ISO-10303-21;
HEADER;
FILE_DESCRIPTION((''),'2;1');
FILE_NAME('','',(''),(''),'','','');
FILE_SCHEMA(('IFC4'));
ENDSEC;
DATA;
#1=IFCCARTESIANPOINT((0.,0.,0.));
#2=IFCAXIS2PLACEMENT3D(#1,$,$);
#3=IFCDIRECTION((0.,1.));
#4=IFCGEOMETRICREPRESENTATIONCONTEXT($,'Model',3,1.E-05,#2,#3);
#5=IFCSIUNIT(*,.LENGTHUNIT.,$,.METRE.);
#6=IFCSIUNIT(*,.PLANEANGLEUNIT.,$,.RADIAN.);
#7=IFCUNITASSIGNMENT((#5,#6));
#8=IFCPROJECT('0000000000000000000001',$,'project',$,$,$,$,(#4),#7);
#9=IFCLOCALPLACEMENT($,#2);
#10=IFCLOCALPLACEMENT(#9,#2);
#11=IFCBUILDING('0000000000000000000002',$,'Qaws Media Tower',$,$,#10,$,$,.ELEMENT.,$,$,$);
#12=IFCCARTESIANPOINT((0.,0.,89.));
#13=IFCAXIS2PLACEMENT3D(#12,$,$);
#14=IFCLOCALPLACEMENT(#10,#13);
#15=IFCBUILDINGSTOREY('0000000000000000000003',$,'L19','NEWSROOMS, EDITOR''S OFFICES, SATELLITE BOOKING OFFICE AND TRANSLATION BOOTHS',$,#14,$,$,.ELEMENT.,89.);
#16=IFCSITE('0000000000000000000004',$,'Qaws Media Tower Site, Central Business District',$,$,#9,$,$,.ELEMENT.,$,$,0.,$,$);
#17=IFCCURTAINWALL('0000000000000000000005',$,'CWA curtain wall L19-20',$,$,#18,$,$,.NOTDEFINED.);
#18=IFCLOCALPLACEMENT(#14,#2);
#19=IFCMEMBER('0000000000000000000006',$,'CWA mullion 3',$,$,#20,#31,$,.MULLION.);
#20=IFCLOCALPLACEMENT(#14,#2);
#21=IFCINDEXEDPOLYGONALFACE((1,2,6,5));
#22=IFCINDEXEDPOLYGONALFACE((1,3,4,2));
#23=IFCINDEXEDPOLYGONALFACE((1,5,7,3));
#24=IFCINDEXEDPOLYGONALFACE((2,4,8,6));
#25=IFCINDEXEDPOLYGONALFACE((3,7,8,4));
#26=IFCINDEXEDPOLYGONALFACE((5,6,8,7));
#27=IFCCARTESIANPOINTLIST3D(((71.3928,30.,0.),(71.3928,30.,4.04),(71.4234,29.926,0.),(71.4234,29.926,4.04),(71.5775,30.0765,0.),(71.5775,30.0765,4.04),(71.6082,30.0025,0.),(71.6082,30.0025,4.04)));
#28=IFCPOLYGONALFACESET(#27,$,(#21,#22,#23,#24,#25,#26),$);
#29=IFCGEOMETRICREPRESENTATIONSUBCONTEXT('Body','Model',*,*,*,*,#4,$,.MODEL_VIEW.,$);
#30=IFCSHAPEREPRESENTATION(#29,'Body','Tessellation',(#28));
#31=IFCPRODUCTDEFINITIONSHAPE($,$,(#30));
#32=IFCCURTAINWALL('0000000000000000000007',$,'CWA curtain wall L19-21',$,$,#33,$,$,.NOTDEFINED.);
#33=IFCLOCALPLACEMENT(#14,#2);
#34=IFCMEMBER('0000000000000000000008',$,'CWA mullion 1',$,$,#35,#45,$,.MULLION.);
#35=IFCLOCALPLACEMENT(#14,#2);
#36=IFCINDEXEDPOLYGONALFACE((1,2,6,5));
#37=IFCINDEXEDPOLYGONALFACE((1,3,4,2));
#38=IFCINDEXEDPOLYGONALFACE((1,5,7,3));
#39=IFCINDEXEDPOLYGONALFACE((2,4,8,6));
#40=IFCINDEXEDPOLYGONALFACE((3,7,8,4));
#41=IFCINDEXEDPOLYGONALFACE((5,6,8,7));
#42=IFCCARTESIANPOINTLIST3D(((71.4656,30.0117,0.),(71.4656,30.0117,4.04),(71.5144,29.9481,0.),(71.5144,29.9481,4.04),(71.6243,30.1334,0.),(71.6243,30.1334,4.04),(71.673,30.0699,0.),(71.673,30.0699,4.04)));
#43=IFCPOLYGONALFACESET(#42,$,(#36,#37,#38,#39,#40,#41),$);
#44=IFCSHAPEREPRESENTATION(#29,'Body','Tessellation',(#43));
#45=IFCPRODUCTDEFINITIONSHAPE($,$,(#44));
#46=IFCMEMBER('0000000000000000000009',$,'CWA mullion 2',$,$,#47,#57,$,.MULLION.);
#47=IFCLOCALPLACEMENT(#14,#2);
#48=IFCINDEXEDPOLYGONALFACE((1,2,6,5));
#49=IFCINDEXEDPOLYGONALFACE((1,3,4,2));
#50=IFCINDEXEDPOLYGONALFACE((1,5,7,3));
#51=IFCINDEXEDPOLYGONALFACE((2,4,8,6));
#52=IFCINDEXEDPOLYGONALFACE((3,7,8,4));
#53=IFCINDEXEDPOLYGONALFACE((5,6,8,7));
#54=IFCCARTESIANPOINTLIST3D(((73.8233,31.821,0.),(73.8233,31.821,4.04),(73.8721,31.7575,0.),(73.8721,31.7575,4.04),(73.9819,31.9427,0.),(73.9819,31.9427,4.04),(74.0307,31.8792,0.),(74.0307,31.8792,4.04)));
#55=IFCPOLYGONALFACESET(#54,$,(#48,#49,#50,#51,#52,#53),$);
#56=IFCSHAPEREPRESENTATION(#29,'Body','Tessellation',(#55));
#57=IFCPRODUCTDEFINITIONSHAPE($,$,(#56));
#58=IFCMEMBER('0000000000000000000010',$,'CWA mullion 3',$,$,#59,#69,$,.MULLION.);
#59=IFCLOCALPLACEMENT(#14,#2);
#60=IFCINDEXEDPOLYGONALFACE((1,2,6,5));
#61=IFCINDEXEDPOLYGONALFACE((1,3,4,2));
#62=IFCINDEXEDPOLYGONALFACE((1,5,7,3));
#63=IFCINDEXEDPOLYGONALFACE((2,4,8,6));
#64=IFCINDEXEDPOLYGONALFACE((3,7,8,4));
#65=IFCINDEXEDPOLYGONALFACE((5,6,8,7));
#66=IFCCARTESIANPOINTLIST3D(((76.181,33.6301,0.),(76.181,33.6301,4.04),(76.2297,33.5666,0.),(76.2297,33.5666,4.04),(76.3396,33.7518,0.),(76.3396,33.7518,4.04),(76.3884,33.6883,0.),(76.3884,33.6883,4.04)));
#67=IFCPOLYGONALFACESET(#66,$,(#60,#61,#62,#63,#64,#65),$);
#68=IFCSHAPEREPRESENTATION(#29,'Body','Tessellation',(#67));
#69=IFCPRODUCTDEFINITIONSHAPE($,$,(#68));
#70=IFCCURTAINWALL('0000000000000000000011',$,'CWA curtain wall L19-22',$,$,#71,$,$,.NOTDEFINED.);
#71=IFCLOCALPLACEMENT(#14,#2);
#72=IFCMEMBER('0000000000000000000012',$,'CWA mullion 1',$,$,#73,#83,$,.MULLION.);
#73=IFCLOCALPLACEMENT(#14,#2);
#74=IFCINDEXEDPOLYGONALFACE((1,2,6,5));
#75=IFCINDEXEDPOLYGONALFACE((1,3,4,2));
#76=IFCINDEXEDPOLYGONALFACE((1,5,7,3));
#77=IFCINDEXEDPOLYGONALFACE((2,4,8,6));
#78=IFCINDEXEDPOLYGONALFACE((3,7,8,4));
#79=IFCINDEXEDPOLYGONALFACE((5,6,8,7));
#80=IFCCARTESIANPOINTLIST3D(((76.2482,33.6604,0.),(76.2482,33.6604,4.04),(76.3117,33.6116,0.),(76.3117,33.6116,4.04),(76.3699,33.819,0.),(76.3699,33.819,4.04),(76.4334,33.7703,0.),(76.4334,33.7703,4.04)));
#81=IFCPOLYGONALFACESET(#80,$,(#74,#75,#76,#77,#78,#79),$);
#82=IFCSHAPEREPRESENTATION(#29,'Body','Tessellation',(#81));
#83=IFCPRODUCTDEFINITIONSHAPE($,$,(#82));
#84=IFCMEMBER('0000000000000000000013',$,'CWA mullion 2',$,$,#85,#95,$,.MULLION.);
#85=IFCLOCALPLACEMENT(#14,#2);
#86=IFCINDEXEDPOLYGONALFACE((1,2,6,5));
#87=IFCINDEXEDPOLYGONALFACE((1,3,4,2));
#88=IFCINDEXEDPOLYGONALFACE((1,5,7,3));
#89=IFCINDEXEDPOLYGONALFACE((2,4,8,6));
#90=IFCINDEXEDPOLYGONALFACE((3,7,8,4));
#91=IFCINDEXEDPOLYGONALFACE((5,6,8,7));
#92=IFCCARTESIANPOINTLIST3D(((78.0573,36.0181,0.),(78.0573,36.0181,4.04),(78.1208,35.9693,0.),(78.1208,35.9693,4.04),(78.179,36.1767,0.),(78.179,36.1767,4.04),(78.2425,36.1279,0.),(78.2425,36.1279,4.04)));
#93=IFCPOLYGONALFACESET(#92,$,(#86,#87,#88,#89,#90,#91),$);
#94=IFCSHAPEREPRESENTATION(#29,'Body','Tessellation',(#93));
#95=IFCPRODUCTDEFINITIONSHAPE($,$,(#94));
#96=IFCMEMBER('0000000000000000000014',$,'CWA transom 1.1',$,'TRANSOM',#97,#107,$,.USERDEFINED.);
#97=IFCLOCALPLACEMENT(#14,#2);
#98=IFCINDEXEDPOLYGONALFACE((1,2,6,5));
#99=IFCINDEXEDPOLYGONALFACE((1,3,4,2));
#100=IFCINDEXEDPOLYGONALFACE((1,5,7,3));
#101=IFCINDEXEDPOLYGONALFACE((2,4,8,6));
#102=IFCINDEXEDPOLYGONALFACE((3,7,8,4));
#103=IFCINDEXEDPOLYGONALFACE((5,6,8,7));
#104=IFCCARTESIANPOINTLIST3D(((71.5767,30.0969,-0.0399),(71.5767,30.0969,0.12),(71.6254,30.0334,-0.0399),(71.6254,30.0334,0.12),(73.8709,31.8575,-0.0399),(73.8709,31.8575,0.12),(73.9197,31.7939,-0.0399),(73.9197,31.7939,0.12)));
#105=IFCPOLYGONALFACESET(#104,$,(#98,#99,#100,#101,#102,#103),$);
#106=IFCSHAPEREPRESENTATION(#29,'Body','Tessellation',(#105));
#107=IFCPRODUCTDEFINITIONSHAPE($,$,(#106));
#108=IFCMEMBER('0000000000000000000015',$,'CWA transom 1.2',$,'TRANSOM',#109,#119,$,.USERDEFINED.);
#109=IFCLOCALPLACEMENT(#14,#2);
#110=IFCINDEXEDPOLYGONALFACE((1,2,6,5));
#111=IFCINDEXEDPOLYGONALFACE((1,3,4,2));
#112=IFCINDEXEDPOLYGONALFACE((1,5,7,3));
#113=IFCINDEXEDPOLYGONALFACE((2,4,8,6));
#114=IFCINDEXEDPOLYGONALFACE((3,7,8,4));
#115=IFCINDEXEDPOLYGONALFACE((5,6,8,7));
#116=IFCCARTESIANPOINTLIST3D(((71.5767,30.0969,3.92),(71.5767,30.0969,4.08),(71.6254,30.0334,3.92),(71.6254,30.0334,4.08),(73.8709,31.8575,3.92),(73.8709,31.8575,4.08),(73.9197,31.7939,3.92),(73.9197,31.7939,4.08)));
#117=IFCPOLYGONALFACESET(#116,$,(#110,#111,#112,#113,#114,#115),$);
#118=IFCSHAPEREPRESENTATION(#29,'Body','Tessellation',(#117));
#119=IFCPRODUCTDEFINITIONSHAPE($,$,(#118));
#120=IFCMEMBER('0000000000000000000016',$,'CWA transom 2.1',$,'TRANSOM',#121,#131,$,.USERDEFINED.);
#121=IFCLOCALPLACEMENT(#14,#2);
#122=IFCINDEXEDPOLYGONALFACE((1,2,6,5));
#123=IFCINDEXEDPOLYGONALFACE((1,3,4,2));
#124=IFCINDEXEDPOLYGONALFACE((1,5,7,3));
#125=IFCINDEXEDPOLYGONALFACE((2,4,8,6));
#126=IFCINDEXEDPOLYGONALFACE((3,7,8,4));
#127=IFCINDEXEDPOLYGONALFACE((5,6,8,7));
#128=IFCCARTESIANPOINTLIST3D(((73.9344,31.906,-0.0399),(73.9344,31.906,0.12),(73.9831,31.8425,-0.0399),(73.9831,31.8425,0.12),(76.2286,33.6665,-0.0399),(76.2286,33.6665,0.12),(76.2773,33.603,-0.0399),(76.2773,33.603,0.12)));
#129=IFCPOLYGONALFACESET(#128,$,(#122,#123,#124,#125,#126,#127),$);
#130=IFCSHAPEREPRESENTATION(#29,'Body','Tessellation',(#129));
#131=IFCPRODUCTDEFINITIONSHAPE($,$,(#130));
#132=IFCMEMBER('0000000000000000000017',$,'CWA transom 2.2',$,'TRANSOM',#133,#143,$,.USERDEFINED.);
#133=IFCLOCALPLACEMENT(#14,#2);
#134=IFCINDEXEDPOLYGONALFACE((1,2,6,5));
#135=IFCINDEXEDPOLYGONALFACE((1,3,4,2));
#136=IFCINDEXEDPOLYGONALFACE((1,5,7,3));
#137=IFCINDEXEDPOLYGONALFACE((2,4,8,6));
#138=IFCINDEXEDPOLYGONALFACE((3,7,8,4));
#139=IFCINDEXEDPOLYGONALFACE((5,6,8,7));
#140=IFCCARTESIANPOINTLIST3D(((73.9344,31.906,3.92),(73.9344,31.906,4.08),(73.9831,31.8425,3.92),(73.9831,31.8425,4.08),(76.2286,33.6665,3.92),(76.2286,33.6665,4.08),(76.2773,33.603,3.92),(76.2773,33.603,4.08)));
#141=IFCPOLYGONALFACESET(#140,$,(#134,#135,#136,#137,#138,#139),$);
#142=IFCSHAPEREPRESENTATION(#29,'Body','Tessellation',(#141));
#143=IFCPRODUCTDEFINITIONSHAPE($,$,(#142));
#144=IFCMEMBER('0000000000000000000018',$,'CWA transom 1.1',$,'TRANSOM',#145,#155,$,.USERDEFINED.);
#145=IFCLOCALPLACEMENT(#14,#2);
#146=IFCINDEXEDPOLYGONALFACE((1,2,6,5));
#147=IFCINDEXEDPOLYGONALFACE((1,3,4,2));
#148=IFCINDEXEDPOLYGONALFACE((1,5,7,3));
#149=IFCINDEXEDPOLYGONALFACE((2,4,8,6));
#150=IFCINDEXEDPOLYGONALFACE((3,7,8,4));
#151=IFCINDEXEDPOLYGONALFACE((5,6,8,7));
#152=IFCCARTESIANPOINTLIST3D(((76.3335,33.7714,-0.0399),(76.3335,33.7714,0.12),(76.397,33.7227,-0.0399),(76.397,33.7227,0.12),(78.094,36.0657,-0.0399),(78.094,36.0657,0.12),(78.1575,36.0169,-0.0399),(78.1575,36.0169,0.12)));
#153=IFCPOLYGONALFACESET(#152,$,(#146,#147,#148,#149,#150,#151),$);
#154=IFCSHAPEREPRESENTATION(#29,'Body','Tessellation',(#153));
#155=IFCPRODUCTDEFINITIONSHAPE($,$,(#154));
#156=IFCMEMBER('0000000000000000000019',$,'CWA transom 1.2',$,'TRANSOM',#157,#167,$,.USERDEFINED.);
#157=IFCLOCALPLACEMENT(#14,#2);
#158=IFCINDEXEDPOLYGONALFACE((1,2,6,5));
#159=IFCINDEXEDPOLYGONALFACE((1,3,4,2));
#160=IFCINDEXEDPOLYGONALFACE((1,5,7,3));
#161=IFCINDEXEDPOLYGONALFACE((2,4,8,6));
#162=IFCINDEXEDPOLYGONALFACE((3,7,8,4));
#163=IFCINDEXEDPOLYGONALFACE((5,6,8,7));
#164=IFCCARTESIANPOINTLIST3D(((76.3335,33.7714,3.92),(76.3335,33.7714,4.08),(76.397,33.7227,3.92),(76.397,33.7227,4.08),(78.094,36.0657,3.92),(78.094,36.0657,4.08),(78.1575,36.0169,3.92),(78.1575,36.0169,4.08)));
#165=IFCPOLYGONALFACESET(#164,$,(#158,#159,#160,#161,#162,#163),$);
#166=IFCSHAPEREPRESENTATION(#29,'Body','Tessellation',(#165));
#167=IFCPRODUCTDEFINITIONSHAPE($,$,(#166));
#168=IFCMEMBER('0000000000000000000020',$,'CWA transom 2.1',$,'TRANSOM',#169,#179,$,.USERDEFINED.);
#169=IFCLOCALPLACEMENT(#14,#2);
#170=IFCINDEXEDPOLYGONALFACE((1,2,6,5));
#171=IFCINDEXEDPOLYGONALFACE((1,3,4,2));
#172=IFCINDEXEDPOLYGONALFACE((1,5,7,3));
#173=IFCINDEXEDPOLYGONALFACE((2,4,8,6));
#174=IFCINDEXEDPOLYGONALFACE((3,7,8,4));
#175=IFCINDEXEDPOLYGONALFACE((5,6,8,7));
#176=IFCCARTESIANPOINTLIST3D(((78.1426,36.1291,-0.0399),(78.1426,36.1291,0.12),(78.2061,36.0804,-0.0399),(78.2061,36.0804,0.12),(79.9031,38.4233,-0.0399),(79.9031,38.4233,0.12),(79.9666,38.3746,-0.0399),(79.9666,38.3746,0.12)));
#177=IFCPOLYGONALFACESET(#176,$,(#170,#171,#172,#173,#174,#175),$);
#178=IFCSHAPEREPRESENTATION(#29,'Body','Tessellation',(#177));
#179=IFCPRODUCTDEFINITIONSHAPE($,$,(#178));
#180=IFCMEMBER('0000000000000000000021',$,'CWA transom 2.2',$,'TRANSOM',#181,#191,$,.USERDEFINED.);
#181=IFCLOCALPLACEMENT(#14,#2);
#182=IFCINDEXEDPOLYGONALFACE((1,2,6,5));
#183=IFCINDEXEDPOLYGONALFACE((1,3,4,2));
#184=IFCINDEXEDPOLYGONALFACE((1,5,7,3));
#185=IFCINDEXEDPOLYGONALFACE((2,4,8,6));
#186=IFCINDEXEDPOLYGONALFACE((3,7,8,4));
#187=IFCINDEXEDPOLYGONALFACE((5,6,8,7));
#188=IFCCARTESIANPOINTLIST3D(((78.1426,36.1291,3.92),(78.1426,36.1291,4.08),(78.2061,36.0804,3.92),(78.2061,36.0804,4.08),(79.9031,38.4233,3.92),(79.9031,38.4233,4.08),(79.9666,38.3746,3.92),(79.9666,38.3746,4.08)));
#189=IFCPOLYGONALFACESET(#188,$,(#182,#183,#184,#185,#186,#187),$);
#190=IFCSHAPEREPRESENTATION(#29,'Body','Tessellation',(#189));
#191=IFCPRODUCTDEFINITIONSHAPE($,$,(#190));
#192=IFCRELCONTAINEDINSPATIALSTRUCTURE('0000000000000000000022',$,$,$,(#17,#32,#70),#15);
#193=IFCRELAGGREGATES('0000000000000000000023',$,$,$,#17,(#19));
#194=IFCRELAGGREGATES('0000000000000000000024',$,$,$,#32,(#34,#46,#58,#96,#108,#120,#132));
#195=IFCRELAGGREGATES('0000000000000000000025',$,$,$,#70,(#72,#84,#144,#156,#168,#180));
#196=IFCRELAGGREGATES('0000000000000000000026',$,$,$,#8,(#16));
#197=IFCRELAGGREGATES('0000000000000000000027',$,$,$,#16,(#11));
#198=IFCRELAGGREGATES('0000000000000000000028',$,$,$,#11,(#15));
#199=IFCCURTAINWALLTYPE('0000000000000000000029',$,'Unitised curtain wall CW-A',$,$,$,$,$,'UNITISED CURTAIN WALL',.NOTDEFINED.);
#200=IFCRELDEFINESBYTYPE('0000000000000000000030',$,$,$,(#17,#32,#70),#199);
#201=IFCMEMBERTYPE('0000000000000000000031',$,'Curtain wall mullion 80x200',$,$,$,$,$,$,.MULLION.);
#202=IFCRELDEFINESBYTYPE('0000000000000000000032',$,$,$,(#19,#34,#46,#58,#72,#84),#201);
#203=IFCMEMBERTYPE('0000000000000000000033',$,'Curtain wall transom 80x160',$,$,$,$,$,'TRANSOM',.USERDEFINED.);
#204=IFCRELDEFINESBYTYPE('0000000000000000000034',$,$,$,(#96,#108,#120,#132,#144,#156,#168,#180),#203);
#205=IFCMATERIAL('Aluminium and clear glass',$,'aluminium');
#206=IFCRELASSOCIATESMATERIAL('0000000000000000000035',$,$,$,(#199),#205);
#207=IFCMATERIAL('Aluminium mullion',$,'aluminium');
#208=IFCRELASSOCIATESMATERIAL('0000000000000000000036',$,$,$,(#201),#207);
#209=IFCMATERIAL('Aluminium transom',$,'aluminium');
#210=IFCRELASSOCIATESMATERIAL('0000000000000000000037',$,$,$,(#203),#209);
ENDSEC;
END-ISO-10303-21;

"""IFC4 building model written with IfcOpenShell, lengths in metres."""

from ifc_helpers import new_model, si_unit, direction, frame, origin, origin_2d, place, context, subcontext, project, spatial, rectangle, extrude, material, material_profile, profile_set, type_object, element, aggregate, save


model = new_model("IFC4")

# Units and contexts
model_context = context("Model", 3, precision=1e-05, world=origin(), true_north=direction((0.0, 1.0)))
body_context = subcontext(model_context, "Body", "Model", "MODEL_VIEW")
ifc_project = project(units=[si_unit("LENGTHUNIT", "METRE"), si_unit("PLANEANGLEUNIT", "RADIAN")], contexts=[model_context])

# Site, building, storey
site_placement = place(None, origin())
site = spatial("IfcSite", under=ifc_project, at=site_placement, Name="Qaws Media Tower Site, Central Business District", CompositionType="ELEMENT", RefElevation=0.0)
building_placement = place(site_placement, origin())
building = spatial("IfcBuilding", under=site, at=building_placement, Name="Qaws Media Tower", CompositionType="ELEMENT")
storey_placement = place(building_placement, frame((0.0, 0.0, 89.0)))
storey = spatial("IfcBuildingStorey", under=building, at=storey_placement, Name="L19", Description="NEWSROOMS, EDITOR'S OFFICES, SATELLITE BOOKING OFFICE AND TRANSLATION BOOTHS", CompositionType="ELEMENT", Elevation=89.0)

# Curtain wall, member
ifc_material_1 = material(Name="Aluminium and clear glass", Category="aluminium")
curtain_wall_type = type_object("IfcCurtainWallType", Name="Unitised curtain wall CW-A", ElementType="UNITISED CURTAIN WALL", PredefinedType="NOTDEFINED", material=ifc_material_1)
curtain_wall_1_placement = place(storey_placement, origin())
curtain_wall_1 = element("IfcCurtainWall", 1, at=curtain_wall_1_placement, inside=storey, type_object=curtain_wall_type, Name="CWA curtain wall L19-20", PredefinedType="NOTDEFINED")
ifc_material_2 = material(Name="Aluminium mullion", Category="aluminium")
ifc_material_profile_1 = material_profile(ifc_material_2, rectangle(XDim=0.0801, YDim=0.2, at=origin_2d()), Name="80x200")
ifc_profile_set_1 = profile_set([ifc_material_profile_1], Name="Aluminium mullion")
member_type_1 = type_object("IfcMemberType", Name="Curtain wall mullion 80x200", PredefinedType="MULLION", material=ifc_profile_set_1)
member_1_placement = place(storey_placement, frame((71.5005, 30.0012, 0.0), z_axis=(0.0, 0.0, 1.0), x_axis=(-0.382683, 0.92388, 0.0)))
member_1 = element("IfcMember", 2, at=member_1_placement, type_object=member_type_1, Name="CWA mullion 3", PredefinedType="MULLION", context=body_context, shape_type="SweptSolid", body=[
    extrude(rectangle(XDim=0.0801, YDim=0.2, at=origin_2d()), origin(), (0.0, 0.0, 1.0), 4.04),
])

# Curtain walls, members
curtain_wall_2_placement = place(storey_placement, origin())
curtain_wall_2 = element("IfcCurtainWall", 3, at=curtain_wall_2_placement, inside=storey, type_object=curtain_wall_type, Name="CWA curtain wall L19-21", PredefinedType="NOTDEFINED")
member_2_placement = place(storey_placement, frame((71.5693, 30.0408, 0.0), z_axis=(0.0, 0.0, 1.0), x_axis=(-0.608761, 0.793353, 0.0)))
member_2 = element("IfcMember", 4, at=member_2_placement, type_object=member_type_1, Name="CWA mullion 1", PredefinedType="MULLION", context=body_context, shape_type="SweptSolid", body=[
    extrude(rectangle(XDim=0.0801, YDim=0.2, at=origin_2d()), origin(), (0.0, 0.0, 1.0), 4.04),
])
member_3_placement = place(storey_placement, frame((73.927, 31.8501, 0.0), z_axis=(0.0, 0.0, 1.0), x_axis=(-0.608761, 0.793353, 0.0)))
member_3 = element("IfcMember", 5, at=member_3_placement, type_object=member_type_1, Name="CWA mullion 2", PredefinedType="MULLION", context=body_context, shape_type="SweptSolid", body=[
    extrude(rectangle(XDim=0.0801, YDim=0.2, at=origin_2d()), origin(), (0.0, 0.0, 1.0), 4.04),
])
member_4_placement = place(storey_placement, frame((76.2847, 33.6592, 0.0), z_axis=(0.0, 0.0, 1.0), x_axis=(-0.608761, 0.793353, 0.0)))
member_4 = element("IfcMember", 6, at=member_4_placement, type_object=member_type_1, Name="CWA mullion 3", PredefinedType="MULLION", context=body_context, shape_type="SweptSolid", body=[
    extrude(rectangle(XDim=0.0801, YDim=0.2, at=origin_2d()), origin(), (0.0, 0.0, 1.0), 4.04),
])
curtain_wall_3_placement = place(storey_placement, origin())
curtain_wall_3 = element("IfcCurtainWall", 7, at=curtain_wall_3_placement, inside=storey, type_object=curtain_wall_type, Name="CWA curtain wall L19-22", PredefinedType="NOTDEFINED")
member_5_placement = place(storey_placement, frame((76.3408, 33.7153, 0.0), z_axis=(0.0, 0.0, 1.0), x_axis=(-0.793353, 0.608761, 0.0)))
member_5 = element("IfcMember", 8, at=member_5_placement, type_object=member_type_1, Name="CWA mullion 1", PredefinedType="MULLION", context=body_context, shape_type="SweptSolid", body=[
    extrude(rectangle(XDim=0.0801, YDim=0.2, at=origin_2d()), origin(), (0.0, 0.0, 1.0), 4.04),
])
member_6_placement = place(storey_placement, frame((78.1499, 36.073, 0.0), z_axis=(0.0, 0.0, 1.0), x_axis=(-0.793353, 0.608761, 0.0)))
member_6 = element("IfcMember", 9, at=member_6_placement, type_object=member_type_1, Name="CWA mullion 2", PredefinedType="MULLION", context=body_context, shape_type="SweptSolid", body=[
    extrude(rectangle(XDim=0.0801, YDim=0.2, at=origin_2d()), origin(), (0.0, 0.0, 1.0), 4.04),
])

# Members
ifc_material_3 = material(Name="Aluminium transom", Category="aluminium")
ifc_material_profile_2 = material_profile(ifc_material_3, rectangle(XDim=0.0801, YDim=0.1599, at=origin_2d()), Name="80x160")
ifc_profile_set_2 = profile_set([ifc_material_profile_2], Name="Aluminium transom")
member_type_2 = type_object("IfcMemberType", Name="Curtain wall transom 80x160", ElementType="TRANSOM", PredefinedType="USERDEFINED", material=ifc_profile_set_2)
member_7_placement = place(storey_placement, frame((71.6011, 30.0652, 0.04), z_axis=(0.793336, 0.608784, 0.0), x_axis=(-0.608784, 0.793336, 0.0)))
member_7 = element("IfcMember", 10, at=member_7_placement, type_object=member_type_2, Name="CWA transom 1.1", ObjectType="TRANSOM", PredefinedType="USERDEFINED", context=body_context, shape_type="SweptSolid", body=[
    extrude(rectangle(XDim=0.0801, YDim=0.1599, at=origin_2d()), origin(), (0.0, 0.0, 1.0), 2.8918),
])
member_8_placement = place(storey_placement, frame((71.6011, 30.0652, 4.0), z_axis=(0.793336, 0.608784, 0.0), x_axis=(-0.608784, 0.793336, 0.0)))
member_8 = element("IfcMember", 11, at=member_8_placement, type_object=member_type_2, Name="CWA transom 1.2", ObjectType="TRANSOM", PredefinedType="USERDEFINED", context=body_context, shape_type="SweptSolid", body=[
    extrude(rectangle(XDim=0.0801, YDim=0.1599, at=origin_2d()), origin(), (0.0, 0.0, 1.0), 2.8918),
])
member_9_placement = place(storey_placement, frame((73.9587, 31.8743, 0.04), z_axis=(0.793336, 0.608784, 0.0), x_axis=(-0.608784, 0.793336, 0.0)))
member_9 = element("IfcMember", 12, at=member_9_placement, type_object=member_type_2, Name="CWA transom 2.1", ObjectType="TRANSOM", PredefinedType="USERDEFINED", context=body_context, shape_type="SweptSolid", body=[
    extrude(rectangle(XDim=0.0801, YDim=0.1599, at=origin_2d()), origin(), (0.0, 0.0, 1.0), 2.8918),
])
member_10_placement = place(storey_placement, frame((73.9587, 31.8743, 4.0), z_axis=(0.793336, 0.608784, 0.0), x_axis=(-0.608784, 0.793336, 0.0)))
member_10 = element("IfcMember", 13, at=member_10_placement, type_object=member_type_2, Name="CWA transom 2.2", ObjectType="TRANSOM", PredefinedType="USERDEFINED", context=body_context, shape_type="SweptSolid", body=[
    extrude(rectangle(XDim=0.0801, YDim=0.1599, at=origin_2d()), origin(), (0.0, 0.0, 1.0), 2.8918),
])
member_11_placement = place(storey_placement, frame((76.3652, 33.7471, 0.04), z_axis=(0.608784, 0.793336, 0.0), x_axis=(-0.793336, 0.608784, 0.0)))
member_11 = element("IfcMember", 14, at=member_11_placement, type_object=member_type_2, Name="CWA transom 1.1", ObjectType="TRANSOM", PredefinedType="USERDEFINED", context=body_context, shape_type="SweptSolid", body=[
    extrude(rectangle(XDim=0.0801, YDim=0.1599, at=origin_2d()), origin(), (0.0, 0.0, 1.0), 2.8918),
])
member_12_placement = place(storey_placement, frame((76.3652, 33.7471, 4.0), z_axis=(0.608784, 0.793336, 0.0), x_axis=(-0.793336, 0.608784, 0.0)))
member_12 = element("IfcMember", 15, at=member_12_placement, type_object=member_type_2, Name="CWA transom 1.2", ObjectType="TRANSOM", PredefinedType="USERDEFINED", context=body_context, shape_type="SweptSolid", body=[
    extrude(rectangle(XDim=0.0801, YDim=0.1599, at=origin_2d()), origin(), (0.0, 0.0, 1.0), 2.8918),
])
member_13_placement = place(storey_placement, frame((78.1743, 36.1047, 0.04), z_axis=(0.608784, 0.793336, 0.0), x_axis=(-0.793336, 0.608784, 0.0)))
member_13 = element("IfcMember", 16, at=member_13_placement, type_object=member_type_2, Name="CWA transom 2.1", ObjectType="TRANSOM", PredefinedType="USERDEFINED", context=body_context, shape_type="SweptSolid", body=[
    extrude(rectangle(XDim=0.0801, YDim=0.1599, at=origin_2d()), origin(), (0.0, 0.0, 1.0), 2.8918),
])
member_14_placement = place(storey_placement, frame((78.1743, 36.1047, 4.0), z_axis=(0.608784, 0.793336, 0.0), x_axis=(-0.793336, 0.608784, 0.0)))
member_14 = element("IfcMember", 17, at=member_14_placement, type_object=member_type_2, Name="CWA transom 2.2", ObjectType="TRANSOM", PredefinedType="USERDEFINED", context=body_context, shape_type="SweptSolid", body=[
    extrude(rectangle(XDim=0.0801, YDim=0.1599, at=origin_2d()), origin(), (0.0, 0.0, 1.0), 2.8918),
])

aggregate(curtain_wall_1, [member_1])
aggregate(curtain_wall_2, [member_2, member_3, member_4, member_7, member_8, member_9, member_10])
aggregate(curtain_wall_3, [member_5, member_6, member_11, member_12, member_13, member_14])

save(model, "model.ifc")
